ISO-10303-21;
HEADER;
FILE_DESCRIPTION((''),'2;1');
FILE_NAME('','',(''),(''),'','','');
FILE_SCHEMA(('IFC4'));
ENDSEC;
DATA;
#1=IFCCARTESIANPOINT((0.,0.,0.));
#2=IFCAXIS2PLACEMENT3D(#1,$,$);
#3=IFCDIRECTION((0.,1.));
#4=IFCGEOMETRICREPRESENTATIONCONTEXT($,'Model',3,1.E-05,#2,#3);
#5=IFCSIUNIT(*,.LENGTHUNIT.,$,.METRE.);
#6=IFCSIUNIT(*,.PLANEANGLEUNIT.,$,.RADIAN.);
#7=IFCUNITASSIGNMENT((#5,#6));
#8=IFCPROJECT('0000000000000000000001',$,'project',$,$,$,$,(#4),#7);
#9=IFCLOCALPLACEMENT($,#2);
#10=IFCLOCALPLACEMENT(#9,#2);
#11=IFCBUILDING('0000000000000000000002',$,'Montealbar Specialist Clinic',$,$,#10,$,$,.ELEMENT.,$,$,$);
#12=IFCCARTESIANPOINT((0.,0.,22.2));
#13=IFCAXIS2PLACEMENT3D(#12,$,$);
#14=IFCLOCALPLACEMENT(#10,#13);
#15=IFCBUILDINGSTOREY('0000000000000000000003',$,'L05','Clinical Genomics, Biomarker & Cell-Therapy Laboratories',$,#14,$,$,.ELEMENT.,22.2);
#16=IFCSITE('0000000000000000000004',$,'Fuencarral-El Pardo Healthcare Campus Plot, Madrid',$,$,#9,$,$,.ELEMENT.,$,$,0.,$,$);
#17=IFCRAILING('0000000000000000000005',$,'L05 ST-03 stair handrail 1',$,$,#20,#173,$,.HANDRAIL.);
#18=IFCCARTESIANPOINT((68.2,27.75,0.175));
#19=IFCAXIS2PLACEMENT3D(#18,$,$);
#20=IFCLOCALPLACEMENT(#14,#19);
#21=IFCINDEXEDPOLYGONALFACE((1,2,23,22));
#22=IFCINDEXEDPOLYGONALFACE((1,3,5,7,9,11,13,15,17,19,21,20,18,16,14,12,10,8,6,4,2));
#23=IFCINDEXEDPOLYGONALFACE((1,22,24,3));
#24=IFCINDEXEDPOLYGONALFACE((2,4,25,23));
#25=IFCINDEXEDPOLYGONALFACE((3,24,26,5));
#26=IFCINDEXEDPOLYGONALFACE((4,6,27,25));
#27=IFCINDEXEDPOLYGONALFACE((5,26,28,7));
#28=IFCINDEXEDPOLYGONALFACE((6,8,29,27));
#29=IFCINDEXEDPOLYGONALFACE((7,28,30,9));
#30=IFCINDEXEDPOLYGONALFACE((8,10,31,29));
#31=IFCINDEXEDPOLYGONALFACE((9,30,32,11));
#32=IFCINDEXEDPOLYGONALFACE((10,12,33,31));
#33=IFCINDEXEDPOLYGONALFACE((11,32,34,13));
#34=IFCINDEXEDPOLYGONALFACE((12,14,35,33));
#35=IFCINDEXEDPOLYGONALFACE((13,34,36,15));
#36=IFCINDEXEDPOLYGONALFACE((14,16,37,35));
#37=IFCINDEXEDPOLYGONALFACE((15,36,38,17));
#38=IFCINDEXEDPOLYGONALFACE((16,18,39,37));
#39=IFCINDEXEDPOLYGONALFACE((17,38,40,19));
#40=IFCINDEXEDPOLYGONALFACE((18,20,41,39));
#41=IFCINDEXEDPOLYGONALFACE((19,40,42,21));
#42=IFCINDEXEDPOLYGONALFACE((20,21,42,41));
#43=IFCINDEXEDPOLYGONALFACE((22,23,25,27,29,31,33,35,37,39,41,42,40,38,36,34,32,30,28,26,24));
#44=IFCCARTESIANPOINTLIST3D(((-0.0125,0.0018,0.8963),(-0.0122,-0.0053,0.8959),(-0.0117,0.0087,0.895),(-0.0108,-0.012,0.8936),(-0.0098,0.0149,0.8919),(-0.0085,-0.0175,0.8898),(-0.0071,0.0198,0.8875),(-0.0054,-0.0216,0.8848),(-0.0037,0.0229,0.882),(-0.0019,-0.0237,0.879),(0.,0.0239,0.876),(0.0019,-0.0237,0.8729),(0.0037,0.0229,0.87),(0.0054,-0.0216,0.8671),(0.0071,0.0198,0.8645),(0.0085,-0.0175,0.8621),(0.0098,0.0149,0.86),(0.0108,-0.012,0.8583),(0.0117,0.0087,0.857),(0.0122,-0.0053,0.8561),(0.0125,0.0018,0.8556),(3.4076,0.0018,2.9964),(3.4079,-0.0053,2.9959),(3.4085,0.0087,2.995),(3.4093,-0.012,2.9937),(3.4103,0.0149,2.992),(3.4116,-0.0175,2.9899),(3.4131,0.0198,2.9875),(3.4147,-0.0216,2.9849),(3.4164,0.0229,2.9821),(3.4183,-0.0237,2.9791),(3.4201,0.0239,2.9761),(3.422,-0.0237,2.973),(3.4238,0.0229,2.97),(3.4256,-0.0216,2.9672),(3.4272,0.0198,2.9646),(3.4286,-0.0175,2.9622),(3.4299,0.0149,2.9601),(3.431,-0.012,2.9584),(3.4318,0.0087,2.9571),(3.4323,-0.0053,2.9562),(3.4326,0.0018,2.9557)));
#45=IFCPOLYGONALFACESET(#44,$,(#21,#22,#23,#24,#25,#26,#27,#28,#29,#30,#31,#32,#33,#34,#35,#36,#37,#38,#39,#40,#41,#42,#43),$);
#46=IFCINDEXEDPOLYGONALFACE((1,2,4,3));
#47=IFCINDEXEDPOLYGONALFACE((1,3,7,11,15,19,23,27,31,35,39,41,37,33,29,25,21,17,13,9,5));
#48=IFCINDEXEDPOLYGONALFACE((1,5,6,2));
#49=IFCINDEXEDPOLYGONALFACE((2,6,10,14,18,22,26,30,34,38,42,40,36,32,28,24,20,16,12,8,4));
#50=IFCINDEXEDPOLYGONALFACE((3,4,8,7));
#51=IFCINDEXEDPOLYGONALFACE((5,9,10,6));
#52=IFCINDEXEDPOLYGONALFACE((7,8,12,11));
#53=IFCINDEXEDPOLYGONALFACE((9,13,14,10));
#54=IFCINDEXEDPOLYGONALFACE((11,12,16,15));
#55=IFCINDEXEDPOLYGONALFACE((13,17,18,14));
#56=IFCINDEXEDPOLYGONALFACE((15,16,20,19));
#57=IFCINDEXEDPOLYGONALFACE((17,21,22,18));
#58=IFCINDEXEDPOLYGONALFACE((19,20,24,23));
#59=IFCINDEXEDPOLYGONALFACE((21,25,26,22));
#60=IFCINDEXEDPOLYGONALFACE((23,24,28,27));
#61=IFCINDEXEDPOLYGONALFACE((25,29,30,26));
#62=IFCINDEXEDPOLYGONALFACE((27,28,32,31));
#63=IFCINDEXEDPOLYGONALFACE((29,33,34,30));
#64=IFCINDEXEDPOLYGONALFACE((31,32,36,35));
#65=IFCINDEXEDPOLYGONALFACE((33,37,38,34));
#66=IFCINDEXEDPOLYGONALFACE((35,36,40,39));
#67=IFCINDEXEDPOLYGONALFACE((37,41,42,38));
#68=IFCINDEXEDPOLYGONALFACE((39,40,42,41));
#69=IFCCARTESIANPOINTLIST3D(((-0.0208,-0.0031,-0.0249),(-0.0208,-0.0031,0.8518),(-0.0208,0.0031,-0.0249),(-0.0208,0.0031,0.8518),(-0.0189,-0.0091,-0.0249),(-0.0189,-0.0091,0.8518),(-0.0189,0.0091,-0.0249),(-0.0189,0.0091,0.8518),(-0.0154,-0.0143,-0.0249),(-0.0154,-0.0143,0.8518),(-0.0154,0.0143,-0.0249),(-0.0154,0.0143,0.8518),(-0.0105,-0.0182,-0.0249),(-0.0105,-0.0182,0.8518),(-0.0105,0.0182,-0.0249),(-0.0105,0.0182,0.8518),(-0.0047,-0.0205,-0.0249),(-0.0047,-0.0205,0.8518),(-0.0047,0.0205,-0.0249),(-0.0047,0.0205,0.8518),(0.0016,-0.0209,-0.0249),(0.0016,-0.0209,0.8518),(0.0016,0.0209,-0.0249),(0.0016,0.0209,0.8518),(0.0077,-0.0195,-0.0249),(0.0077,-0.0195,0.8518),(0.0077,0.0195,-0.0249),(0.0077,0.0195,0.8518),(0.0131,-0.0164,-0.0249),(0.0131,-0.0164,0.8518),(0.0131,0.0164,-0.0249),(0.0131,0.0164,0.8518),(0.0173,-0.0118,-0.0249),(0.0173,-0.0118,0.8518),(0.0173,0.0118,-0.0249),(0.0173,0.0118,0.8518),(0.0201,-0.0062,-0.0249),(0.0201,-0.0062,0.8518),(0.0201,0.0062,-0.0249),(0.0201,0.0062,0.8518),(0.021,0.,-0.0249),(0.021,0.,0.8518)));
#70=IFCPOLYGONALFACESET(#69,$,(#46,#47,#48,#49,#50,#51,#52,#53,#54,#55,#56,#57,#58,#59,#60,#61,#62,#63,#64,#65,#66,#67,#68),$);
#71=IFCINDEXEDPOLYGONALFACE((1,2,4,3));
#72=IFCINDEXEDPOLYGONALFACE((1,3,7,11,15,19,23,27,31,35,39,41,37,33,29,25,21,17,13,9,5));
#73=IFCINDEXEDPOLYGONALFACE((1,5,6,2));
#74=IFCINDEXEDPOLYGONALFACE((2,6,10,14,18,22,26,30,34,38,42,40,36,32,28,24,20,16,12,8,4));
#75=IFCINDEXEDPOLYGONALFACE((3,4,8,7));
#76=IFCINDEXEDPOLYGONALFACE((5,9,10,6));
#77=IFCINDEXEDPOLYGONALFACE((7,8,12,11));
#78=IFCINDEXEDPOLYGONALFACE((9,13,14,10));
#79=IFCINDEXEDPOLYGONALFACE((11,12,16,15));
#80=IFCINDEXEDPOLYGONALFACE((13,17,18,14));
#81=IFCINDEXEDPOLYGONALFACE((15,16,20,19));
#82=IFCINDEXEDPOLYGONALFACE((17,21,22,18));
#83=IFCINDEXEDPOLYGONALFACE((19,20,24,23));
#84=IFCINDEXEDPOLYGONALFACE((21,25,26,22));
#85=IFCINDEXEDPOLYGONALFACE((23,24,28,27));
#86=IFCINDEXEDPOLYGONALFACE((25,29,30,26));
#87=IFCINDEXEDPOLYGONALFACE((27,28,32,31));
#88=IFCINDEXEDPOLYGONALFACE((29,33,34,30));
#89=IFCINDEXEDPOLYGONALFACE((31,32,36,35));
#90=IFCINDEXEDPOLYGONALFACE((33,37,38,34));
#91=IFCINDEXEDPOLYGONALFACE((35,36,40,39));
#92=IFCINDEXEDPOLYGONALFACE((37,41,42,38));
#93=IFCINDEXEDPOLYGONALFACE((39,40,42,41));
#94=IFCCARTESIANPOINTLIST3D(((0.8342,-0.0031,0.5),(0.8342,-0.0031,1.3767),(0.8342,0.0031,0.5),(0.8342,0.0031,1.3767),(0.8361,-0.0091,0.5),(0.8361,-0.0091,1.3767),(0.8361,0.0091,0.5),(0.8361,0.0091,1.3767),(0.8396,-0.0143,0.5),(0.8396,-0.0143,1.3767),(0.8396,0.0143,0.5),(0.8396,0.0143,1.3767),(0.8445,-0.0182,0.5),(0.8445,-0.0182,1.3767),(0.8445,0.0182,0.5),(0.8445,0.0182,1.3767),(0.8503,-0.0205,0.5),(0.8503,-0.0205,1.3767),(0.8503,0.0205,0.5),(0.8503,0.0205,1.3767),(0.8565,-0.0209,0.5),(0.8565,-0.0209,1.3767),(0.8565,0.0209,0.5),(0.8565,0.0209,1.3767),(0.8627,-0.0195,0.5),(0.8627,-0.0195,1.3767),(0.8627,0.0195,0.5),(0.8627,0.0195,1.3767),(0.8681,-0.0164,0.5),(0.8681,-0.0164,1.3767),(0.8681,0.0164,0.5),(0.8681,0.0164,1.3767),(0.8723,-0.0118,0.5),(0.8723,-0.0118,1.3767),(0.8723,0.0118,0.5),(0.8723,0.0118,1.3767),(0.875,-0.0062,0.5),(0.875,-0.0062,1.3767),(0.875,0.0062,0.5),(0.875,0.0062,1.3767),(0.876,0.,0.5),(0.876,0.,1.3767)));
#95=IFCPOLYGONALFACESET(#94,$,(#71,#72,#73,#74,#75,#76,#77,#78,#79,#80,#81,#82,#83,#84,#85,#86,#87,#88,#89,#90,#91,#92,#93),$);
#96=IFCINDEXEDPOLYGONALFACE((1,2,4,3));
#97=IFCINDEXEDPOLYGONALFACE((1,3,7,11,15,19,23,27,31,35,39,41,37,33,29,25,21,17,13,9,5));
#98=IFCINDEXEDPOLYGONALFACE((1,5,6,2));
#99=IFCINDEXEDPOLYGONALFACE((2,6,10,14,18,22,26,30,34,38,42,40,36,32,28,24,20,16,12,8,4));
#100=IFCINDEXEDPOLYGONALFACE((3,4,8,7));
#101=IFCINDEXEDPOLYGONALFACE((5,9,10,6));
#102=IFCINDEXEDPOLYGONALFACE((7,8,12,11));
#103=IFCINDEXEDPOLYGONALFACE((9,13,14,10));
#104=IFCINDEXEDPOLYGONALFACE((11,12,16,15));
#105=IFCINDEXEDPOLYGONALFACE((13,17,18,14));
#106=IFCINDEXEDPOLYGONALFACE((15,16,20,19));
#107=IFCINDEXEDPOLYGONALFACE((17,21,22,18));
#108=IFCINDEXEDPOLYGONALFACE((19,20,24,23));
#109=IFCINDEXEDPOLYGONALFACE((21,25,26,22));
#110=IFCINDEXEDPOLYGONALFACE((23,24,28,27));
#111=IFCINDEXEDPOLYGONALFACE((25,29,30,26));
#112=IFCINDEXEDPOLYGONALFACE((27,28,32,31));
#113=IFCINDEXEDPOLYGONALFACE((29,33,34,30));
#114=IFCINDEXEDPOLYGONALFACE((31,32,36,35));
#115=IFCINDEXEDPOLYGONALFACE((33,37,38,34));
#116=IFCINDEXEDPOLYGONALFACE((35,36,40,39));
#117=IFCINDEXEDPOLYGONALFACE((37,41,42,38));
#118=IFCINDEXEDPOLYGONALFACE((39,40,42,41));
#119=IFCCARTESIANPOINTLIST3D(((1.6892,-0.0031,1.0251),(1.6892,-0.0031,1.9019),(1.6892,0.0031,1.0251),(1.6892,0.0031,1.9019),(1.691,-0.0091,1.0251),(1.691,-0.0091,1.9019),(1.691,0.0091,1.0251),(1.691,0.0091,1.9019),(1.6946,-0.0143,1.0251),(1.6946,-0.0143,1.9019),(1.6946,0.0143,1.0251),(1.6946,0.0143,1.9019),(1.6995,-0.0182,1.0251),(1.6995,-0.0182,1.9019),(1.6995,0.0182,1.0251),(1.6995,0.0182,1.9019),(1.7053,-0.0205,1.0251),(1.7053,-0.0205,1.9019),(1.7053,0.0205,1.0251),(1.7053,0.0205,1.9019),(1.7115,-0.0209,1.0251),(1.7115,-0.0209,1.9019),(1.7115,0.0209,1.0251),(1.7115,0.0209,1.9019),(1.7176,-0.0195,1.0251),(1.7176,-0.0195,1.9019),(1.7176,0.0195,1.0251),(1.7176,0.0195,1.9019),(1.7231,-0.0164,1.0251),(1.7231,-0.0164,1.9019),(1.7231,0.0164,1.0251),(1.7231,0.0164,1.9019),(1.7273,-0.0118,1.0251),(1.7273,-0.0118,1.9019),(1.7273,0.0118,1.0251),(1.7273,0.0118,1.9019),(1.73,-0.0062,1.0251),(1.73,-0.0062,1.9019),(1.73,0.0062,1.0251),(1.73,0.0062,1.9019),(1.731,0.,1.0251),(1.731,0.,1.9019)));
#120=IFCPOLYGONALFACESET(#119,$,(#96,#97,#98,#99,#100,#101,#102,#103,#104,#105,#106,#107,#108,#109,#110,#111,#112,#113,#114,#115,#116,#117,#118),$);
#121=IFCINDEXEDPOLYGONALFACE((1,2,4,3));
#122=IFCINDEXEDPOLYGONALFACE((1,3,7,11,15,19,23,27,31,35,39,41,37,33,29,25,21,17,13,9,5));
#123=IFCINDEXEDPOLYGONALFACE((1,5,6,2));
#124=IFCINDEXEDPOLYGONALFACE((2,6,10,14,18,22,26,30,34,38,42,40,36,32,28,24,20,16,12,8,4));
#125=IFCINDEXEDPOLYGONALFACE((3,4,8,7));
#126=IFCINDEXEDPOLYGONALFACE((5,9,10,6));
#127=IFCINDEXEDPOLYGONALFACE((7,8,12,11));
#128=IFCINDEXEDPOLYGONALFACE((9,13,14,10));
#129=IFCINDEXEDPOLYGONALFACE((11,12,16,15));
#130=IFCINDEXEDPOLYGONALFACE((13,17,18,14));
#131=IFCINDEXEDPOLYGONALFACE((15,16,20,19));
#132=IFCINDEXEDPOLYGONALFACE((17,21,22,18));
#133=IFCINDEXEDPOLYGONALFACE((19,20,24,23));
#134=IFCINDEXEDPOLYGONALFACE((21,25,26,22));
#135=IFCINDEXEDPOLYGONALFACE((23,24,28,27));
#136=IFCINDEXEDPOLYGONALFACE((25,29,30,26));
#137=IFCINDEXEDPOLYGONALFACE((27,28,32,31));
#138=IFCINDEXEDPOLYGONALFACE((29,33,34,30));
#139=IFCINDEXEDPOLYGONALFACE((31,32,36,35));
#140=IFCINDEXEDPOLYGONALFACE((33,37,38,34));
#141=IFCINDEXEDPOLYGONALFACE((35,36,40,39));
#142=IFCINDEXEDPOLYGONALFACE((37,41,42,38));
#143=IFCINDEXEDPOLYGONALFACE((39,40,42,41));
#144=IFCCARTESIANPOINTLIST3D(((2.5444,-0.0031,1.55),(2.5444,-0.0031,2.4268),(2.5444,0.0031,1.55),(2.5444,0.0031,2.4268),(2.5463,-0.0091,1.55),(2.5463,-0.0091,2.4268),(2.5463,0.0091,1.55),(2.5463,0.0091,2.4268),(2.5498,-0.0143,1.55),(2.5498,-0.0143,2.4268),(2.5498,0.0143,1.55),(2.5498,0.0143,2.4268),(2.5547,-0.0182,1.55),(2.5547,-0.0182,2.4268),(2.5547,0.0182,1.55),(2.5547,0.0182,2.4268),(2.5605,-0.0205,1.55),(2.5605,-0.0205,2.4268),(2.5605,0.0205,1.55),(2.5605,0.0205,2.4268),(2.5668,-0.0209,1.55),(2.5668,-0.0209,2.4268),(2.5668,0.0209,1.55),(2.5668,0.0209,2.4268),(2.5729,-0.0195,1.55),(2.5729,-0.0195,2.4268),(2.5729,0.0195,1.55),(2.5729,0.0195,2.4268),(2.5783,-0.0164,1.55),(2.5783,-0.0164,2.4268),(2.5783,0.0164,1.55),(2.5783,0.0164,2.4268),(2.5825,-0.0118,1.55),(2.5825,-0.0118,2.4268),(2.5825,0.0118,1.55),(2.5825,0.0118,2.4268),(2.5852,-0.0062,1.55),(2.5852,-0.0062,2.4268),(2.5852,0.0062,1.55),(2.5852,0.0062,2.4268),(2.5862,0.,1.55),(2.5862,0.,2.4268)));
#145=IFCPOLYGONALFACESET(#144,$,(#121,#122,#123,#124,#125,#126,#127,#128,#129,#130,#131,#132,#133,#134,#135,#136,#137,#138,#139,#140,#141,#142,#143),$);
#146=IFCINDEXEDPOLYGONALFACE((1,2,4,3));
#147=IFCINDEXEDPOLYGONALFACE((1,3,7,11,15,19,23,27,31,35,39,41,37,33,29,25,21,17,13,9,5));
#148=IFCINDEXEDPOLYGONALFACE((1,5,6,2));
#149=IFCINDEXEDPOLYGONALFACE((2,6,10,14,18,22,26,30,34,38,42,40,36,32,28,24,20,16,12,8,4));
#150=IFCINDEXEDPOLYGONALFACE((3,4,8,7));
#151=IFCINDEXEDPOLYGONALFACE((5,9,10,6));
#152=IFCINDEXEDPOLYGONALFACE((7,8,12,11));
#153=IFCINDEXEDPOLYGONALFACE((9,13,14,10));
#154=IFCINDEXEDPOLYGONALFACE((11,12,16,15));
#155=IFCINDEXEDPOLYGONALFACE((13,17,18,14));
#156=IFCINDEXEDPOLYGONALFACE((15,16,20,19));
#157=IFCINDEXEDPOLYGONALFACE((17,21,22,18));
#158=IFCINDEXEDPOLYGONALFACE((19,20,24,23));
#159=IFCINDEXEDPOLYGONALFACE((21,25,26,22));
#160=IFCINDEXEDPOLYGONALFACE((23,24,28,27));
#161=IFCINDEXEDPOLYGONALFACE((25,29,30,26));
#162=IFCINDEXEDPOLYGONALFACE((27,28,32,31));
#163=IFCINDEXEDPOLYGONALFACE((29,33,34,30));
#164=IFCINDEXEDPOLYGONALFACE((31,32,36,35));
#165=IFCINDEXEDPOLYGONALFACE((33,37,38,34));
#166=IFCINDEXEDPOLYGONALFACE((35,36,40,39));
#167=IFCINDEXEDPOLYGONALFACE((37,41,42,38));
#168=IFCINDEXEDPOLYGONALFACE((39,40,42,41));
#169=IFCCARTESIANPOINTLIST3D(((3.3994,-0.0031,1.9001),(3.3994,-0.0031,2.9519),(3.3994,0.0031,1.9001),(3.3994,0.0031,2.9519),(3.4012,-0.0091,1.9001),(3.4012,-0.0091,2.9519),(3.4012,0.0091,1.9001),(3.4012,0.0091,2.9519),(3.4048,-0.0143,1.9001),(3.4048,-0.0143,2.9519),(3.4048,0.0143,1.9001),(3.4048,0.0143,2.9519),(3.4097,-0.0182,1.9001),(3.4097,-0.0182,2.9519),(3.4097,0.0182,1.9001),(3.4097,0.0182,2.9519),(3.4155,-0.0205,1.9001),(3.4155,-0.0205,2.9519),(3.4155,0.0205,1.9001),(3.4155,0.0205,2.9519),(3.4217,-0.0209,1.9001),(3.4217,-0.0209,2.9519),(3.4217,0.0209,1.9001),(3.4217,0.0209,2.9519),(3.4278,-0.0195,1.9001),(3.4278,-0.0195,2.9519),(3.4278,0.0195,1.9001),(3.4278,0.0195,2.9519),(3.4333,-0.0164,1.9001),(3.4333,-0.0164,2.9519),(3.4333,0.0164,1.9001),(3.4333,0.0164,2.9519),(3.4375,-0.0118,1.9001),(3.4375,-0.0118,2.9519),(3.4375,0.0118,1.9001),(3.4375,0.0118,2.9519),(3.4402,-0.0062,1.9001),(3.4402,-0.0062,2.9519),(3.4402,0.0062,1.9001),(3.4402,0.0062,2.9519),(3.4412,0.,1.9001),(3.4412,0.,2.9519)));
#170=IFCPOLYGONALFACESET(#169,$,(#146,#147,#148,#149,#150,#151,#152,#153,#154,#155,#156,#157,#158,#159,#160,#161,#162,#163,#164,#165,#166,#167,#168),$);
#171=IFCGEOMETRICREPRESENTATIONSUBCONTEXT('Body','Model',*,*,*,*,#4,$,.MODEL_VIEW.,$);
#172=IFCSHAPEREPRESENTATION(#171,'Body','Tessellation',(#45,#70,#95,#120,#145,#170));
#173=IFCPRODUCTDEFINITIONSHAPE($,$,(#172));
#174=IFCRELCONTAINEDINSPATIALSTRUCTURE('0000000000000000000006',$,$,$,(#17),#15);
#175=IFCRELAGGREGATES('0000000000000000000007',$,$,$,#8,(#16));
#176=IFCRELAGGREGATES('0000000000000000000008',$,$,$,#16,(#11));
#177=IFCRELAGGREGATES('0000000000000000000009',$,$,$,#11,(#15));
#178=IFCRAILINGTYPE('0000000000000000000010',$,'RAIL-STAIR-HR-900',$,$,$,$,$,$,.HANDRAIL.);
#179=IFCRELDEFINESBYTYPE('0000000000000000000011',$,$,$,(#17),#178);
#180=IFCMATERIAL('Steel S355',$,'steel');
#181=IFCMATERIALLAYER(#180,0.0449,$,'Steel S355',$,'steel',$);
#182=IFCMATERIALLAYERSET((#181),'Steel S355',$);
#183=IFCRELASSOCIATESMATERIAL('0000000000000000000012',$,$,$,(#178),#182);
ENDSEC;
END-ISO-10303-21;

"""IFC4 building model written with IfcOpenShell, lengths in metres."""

from ifc_helpers import new_model, si_unit, direction, frame, origin, origin_2d, place, context, subcontext, project, spatial, circle, extrude, material, layer, layer_set, type_object, element, save


model = new_model("IFC4")

# Units and contexts
model_context = context("Model", 3, precision=1e-05, world=origin(), true_north=direction((0.0, 1.0)))
body_context = subcontext(model_context, "Body", "Model", "MODEL_VIEW")
ifc_project = project(units=[si_unit("LENGTHUNIT", "METRE"), si_unit("PLANEANGLEUNIT", "RADIAN")], contexts=[model_context])

# Site, building, storey
site_placement = place(None, origin())
site = spatial("IfcSite", under=ifc_project, at=site_placement, Name="Fuencarral-El Pardo Healthcare Campus Plot, Madrid", CompositionType="ELEMENT", RefElevation=0.0)
building_placement = place(site_placement, origin())
building = spatial("IfcBuilding", under=site, at=building_placement, Name="Montealbar Specialist Clinic", CompositionType="ELEMENT")
storey_placement = place(building_placement, frame((0.0, 0.0, 22.2)))
storey = spatial("IfcBuildingStorey", under=building, at=storey_placement, Name="L05", Description="Clinical Genomics, Biomarker & Cell-Therapy Laboratories", CompositionType="ELEMENT", Elevation=22.2)

# Shared definitions
ifc_material_1 = material(Name="Steel S355", Category="steel")

# Railing
ifc_layer_1 = layer(ifc_material_1, 0.0449, Name="Steel S355", Category="steel")
ifc_layer_set_1 = layer_set([ifc_layer_1], Name="Steel S355")
railing_type_1 = type_object("IfcRailingType", Name="RAIL-STAIR-HR-900", PredefinedType="HANDRAIL", material=ifc_layer_set_1)
railing_1_placement = place(storey_placement, frame((68.2, 27.75, 0.175)))
element("IfcRailing", 1, at=railing_1_placement, inside=storey, type_object=railing_type_1, Name="L05 ST-03 stair handrail 1", PredefinedType="HANDRAIL", context=body_context, shape_type="SweptSolid", body=[
    extrude(circle(Radius=0.0239, at=origin_2d()), frame((0.0, 0.0, 0.876), z_axis=(0.852172, 0.0, 0.523262), x_axis=(0.0, 1.0, 0.0)), (0.0, 0.0, 1.0), 4.0134),
    extrude(circle(Radius=0.021, at=origin_2d()), frame((0.0, 0.0, -0.0249)), (0.0, 0.0, 1.0), 0.8767),
    extrude(circle(Radius=0.021, at=origin_2d()), frame((0.855, 0.0, 0.5)), (0.0, 0.0, 1.0), 0.8767),
    extrude(circle(Radius=0.021, at=origin_2d()), frame((1.71, 0.0, 1.0251)), (0.0, 0.0, 1.0), 0.8767),
    extrude(circle(Radius=0.021, at=origin_2d()), frame((2.5652, 0.0, 1.55)), (0.0, 0.0, 1.0), 0.8767),
    extrude(circle(Radius=0.021, at=origin_2d()), frame((3.4202, 0.0, 1.9001)), (0.0, 0.0, 1.0), 1.0518),
])

save(model, "model.ifc")
